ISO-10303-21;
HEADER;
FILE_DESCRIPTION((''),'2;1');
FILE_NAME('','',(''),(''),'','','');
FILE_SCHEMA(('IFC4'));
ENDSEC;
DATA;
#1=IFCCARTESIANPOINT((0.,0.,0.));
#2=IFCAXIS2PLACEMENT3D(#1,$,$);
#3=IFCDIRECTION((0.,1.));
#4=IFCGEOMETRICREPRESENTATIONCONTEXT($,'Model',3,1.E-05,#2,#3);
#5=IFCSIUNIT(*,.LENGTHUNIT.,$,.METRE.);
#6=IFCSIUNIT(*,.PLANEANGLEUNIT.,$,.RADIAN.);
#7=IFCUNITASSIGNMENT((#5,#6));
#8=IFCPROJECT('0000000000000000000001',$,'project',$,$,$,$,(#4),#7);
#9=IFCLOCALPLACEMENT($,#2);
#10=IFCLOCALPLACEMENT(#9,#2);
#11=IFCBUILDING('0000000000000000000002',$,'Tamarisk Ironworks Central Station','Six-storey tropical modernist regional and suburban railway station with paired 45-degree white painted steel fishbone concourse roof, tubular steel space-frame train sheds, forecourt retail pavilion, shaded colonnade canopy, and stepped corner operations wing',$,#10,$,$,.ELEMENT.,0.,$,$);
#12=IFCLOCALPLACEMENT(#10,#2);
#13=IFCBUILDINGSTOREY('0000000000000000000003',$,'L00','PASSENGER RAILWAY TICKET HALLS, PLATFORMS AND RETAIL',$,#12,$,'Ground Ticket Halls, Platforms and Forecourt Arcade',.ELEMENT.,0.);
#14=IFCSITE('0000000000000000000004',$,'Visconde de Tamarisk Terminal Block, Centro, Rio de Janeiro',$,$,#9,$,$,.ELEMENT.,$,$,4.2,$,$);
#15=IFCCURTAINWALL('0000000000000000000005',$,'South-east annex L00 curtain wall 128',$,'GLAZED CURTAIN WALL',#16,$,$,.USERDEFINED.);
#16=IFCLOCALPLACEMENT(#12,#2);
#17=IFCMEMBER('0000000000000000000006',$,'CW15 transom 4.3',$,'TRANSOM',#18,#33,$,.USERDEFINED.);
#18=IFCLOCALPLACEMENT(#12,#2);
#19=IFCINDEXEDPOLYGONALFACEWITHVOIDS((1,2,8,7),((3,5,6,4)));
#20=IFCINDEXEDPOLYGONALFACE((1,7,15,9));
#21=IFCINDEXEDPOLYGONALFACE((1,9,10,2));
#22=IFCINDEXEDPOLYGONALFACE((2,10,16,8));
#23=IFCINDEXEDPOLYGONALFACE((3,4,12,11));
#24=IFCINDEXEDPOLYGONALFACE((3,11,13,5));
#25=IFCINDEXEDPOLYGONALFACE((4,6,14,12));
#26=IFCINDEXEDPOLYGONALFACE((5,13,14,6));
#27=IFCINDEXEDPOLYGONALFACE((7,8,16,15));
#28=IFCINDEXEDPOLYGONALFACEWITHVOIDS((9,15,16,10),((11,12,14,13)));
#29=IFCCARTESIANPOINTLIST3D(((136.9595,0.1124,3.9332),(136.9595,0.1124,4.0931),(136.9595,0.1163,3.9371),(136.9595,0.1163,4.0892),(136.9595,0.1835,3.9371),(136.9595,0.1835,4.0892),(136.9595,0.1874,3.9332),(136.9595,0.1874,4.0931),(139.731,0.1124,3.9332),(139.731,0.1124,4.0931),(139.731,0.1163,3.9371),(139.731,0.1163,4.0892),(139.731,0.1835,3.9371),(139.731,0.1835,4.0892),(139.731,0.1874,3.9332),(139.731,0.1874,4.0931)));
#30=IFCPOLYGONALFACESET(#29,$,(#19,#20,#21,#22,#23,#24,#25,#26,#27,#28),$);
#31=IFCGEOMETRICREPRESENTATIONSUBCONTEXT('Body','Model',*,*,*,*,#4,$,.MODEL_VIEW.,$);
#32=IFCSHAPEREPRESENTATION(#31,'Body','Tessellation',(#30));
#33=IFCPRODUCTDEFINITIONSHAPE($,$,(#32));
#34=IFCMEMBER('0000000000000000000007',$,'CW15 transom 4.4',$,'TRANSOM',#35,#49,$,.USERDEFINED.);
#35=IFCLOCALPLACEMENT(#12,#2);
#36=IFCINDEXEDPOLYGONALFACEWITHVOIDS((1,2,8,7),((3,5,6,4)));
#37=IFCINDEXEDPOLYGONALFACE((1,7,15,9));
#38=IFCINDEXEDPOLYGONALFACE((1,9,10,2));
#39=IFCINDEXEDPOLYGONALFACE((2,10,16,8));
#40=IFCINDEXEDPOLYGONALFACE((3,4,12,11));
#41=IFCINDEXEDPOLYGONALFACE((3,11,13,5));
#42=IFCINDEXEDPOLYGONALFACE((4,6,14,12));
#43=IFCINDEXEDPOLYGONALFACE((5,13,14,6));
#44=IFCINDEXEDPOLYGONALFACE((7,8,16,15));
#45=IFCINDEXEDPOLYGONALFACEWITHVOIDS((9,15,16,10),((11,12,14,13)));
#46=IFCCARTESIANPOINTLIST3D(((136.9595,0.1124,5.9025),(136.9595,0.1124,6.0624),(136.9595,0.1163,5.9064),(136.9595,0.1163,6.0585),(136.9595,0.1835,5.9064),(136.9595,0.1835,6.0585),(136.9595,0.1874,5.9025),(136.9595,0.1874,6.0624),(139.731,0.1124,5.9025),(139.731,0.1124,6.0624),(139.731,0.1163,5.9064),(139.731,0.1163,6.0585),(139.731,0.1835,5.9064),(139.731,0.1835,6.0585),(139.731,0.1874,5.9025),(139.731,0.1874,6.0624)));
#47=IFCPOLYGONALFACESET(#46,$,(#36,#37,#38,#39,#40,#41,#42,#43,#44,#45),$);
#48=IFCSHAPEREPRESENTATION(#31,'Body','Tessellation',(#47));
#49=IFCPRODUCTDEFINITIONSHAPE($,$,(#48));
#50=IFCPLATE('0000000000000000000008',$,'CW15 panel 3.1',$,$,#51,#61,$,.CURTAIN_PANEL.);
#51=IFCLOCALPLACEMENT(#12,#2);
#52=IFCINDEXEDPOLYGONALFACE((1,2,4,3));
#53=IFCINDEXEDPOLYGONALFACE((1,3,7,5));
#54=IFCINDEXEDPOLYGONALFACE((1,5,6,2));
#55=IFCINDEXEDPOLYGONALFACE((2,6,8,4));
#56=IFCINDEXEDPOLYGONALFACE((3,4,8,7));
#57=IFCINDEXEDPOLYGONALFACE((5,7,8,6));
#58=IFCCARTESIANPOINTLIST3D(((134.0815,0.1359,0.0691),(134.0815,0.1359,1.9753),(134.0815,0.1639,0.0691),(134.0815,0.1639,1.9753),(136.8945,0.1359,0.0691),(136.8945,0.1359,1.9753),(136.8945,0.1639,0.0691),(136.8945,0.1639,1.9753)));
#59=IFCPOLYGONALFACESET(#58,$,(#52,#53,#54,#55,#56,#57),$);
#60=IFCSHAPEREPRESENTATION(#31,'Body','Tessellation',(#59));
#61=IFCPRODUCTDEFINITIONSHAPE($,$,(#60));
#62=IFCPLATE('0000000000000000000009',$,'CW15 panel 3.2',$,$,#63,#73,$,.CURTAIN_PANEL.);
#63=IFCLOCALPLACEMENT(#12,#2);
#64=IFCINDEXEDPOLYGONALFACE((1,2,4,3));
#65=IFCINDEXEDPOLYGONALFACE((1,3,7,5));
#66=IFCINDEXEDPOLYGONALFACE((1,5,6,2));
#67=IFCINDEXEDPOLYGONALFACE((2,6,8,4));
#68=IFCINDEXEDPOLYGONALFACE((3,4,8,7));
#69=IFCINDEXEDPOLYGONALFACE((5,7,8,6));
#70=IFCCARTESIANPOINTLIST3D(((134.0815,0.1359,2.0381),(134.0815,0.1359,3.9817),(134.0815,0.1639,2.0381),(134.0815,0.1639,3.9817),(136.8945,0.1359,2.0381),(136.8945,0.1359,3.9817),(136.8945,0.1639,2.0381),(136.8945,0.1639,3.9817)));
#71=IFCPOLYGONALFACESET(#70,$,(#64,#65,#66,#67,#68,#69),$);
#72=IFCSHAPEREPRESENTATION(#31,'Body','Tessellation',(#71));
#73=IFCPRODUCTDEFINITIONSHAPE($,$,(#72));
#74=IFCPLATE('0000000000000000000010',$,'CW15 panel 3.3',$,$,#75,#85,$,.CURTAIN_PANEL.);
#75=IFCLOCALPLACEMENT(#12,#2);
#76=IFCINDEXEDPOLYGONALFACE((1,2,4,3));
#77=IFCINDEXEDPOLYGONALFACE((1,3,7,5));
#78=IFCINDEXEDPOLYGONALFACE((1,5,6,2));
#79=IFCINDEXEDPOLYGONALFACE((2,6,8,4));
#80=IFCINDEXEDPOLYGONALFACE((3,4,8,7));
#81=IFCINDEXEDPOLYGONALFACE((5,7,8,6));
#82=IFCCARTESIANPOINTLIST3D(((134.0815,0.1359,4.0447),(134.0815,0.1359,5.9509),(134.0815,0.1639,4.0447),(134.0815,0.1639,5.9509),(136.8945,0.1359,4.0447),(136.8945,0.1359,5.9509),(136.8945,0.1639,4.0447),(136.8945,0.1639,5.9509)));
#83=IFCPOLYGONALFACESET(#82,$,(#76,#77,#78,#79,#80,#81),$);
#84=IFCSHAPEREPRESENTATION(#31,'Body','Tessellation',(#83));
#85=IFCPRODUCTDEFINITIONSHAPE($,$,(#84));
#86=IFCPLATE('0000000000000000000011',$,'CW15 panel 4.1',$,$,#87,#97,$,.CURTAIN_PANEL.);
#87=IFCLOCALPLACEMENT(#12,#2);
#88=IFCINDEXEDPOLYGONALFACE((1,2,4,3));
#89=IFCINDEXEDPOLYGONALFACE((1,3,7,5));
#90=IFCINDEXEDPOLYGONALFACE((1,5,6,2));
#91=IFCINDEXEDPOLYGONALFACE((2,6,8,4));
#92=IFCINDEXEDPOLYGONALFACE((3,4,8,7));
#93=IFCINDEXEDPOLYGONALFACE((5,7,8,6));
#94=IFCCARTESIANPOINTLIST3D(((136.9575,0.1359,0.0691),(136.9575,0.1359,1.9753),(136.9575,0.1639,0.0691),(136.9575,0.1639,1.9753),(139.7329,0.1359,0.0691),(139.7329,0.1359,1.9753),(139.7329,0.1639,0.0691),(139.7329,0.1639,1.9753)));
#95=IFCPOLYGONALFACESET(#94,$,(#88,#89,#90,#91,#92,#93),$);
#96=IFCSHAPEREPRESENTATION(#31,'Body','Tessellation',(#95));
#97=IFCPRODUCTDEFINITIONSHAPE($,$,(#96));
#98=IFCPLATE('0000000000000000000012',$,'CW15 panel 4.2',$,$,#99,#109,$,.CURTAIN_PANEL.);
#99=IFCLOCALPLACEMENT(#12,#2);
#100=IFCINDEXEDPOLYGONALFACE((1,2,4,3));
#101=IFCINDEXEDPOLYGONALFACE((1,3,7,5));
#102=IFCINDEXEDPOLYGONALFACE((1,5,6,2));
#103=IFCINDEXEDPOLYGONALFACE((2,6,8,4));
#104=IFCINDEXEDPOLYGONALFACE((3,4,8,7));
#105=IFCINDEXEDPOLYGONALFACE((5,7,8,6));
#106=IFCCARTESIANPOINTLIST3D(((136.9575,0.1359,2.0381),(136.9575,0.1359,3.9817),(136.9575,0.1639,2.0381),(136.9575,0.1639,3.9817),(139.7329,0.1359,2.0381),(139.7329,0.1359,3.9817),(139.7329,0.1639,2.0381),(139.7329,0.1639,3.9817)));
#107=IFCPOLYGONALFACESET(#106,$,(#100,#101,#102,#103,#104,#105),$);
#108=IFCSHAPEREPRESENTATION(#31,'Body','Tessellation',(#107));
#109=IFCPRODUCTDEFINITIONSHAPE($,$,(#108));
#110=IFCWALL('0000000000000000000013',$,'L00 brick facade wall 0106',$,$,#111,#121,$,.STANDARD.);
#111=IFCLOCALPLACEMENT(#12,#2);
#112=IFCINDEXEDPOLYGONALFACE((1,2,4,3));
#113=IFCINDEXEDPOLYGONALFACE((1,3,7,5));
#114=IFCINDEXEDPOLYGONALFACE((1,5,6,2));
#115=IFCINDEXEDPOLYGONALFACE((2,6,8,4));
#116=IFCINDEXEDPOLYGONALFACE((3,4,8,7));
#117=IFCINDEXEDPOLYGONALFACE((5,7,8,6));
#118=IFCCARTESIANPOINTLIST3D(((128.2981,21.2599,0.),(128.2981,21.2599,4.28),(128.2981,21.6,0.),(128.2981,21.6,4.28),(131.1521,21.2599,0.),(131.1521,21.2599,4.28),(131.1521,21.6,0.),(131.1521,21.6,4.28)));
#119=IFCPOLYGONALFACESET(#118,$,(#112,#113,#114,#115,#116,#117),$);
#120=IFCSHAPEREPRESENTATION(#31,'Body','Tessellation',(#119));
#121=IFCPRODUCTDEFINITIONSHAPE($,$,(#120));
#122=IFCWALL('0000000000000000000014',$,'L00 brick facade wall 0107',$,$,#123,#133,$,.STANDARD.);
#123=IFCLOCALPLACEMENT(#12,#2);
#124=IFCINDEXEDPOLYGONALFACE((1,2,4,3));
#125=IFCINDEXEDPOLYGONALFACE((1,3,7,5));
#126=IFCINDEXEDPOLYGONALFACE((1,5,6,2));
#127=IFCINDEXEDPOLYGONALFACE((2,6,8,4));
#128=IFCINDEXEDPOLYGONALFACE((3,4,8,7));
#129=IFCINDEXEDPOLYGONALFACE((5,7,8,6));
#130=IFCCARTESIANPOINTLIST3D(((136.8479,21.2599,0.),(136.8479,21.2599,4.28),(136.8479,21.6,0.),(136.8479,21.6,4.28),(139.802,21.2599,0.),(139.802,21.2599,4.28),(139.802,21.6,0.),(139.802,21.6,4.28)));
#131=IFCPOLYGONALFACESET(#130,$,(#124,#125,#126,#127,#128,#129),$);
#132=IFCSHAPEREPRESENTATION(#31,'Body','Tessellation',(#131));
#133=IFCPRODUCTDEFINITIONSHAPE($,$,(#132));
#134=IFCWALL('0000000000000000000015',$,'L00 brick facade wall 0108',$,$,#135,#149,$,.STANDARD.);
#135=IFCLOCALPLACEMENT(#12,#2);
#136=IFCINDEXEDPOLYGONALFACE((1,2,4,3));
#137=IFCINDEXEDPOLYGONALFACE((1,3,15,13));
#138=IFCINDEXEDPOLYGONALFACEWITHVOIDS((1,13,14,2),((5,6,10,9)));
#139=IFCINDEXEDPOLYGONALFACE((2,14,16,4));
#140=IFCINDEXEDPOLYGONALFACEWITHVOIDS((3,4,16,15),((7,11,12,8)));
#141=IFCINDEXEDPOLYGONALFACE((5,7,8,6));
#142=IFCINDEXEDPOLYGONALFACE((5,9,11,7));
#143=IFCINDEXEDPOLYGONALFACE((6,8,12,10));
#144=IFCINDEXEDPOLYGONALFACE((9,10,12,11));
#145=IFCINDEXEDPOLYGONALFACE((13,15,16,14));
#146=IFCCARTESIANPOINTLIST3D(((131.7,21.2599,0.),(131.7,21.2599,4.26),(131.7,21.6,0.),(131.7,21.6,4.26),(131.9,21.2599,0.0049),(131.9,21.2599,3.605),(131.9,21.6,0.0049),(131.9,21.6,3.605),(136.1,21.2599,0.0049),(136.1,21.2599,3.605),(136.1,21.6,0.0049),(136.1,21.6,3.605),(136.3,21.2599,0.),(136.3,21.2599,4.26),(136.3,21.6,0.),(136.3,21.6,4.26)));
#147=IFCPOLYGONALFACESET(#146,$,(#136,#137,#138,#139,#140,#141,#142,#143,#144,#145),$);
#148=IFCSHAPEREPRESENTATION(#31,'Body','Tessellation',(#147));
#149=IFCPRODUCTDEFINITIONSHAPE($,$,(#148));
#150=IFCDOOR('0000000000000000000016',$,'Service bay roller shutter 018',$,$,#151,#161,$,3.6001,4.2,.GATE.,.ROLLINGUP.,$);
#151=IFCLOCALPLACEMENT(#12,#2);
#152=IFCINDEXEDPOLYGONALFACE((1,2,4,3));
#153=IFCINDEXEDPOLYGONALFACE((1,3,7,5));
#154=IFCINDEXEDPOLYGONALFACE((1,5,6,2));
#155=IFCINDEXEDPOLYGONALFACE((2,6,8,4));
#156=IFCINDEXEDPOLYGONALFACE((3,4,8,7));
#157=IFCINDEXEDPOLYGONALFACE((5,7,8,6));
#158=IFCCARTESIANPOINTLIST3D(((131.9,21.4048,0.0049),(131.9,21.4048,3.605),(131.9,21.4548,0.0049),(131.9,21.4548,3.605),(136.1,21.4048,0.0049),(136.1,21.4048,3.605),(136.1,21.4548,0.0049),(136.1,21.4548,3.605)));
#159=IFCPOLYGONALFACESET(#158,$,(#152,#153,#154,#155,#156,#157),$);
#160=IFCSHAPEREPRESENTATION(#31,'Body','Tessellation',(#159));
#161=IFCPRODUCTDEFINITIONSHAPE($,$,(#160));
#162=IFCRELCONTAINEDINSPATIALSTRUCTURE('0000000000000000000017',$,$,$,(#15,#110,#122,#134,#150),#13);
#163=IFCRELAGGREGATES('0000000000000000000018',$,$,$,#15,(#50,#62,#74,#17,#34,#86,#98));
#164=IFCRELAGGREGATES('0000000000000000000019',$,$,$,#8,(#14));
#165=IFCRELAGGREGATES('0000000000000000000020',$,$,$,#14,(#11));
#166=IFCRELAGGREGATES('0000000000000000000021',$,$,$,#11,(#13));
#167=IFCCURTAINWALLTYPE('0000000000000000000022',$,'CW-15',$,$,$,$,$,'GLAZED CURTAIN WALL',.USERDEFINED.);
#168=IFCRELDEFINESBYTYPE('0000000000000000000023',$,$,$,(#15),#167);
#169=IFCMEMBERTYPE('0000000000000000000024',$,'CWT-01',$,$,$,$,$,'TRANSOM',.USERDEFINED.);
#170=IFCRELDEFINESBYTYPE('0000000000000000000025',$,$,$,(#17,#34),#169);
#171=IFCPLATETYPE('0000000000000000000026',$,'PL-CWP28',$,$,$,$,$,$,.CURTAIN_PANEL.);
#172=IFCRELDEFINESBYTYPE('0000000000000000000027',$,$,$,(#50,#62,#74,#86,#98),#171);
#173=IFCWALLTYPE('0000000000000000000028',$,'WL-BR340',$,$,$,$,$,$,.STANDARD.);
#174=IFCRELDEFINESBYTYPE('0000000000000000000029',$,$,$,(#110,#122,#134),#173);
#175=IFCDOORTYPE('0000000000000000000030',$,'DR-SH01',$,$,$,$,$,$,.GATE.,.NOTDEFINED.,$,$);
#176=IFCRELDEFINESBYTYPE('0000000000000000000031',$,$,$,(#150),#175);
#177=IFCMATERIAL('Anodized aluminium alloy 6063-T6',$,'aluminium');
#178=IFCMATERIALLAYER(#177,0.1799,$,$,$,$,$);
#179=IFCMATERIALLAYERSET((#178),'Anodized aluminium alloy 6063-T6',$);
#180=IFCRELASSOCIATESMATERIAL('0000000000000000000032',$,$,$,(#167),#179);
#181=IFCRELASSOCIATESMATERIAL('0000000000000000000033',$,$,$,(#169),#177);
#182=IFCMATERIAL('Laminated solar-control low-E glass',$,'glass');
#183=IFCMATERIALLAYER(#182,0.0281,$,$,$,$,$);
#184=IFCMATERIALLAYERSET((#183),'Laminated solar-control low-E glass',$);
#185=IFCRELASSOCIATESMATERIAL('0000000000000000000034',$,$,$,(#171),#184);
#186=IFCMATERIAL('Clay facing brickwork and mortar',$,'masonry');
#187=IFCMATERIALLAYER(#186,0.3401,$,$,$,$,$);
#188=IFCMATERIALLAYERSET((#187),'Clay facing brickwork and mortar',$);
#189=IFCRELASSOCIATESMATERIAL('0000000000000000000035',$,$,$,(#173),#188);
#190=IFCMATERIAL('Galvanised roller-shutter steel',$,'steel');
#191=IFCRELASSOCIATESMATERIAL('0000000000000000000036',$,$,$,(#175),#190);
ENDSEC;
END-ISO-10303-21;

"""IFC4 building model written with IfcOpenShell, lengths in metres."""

from ifc_helpers import new_model, si_unit, direction, frame, frame_2d, origin, origin_2d, place, context, subcontext, project, spatial, rectangle, hollow_rectangle, extrude, material, layer, layer_set, material_profile, profile_set, type_object, element, fill, aggregate, save


model = new_model("IFC4")

# Units and contexts
model_context = context("Model", 3, precision=1e-05, world=origin(), true_north=direction((0.0, 1.0)))
body_context = subcontext(model_context, "Body", "Model", "MODEL_VIEW")
ifc_project = project(units=[si_unit("LENGTHUNIT", "METRE"), si_unit("PLANEANGLEUNIT", "RADIAN")], contexts=[model_context])

# Site, building, storey
site_placement = place(None, origin())
site = spatial("IfcSite", under=ifc_project, at=site_placement, Name="Visconde de Tamarisk Terminal Block, Centro, Rio de Janeiro", CompositionType="ELEMENT", RefElevation=4.2)
building_placement = place(site_placement, origin())
building = spatial("IfcBuilding", under=site, at=building_placement, Name="Tamarisk Ironworks Central Station", Description="Six-storey tropical modernist regional and suburban railway station with paired 45-degree white painted steel fishbone concourse roof, tubular steel space-frame train sheds, forecourt retail pavilion, shaded colonnade canopy, and stepped corner operations wing", CompositionType="ELEMENT", ElevationOfRefHeight=0.0)
storey_placement = place(building_placement, origin())
storey = spatial("IfcBuildingStorey", under=building, at=storey_placement, Name="L00", Description="PASSENGER RAILWAY TICKET HALLS, PLATFORMS AND RETAIL", LongName="Ground Ticket Halls, Platforms and Forecourt Arcade", CompositionType="ELEMENT", Elevation=0.0)

# Shared definitions
ifc_material_1 = material(Name="Clay facing brickwork and mortar", Category="masonry")

# Curtain wall, members, plates
ifc_material_2 = material(Name="Anodized aluminium alloy 6063-T6", Category="aluminium")
ifc_layer_1 = layer(ifc_material_2, 0.1799)
ifc_layer_set_1 = layer_set([ifc_layer_1], Name="Anodized aluminium alloy 6063-T6")
curtain_wall_type = type_object("IfcCurtainWallType", Name="CW-15", ElementType="GLAZED CURTAIN WALL", PredefinedType="USERDEFINED", material=ifc_layer_set_1)
curtain_wall_placement = place(storey_placement, origin())
curtain_wall = element("IfcCurtainWall", 1, at=curtain_wall_placement, inside=storey, type_object=curtain_wall_type, Name="South-east annex L00 curtain wall 128", ObjectType="GLAZED CURTAIN WALL", PredefinedType="USERDEFINED")
ifc_material_profile_1 = material_profile(ifc_material_2, hollow_rectangle(XDim=0.075, YDim=0.1599, WallThickness=0.0039, at=origin_2d()), Name="ALUM 160x75")
ifc_profile_set_1 = profile_set([ifc_material_profile_1], Name="Anodized aluminium alloy 6063-T6")
member_type_1 = type_object("IfcMemberType", Name="CWT-01", ElementType="TRANSOM", PredefinedType="USERDEFINED", material=ifc_profile_set_1)
member_1_placement = place(storey_placement, frame((136.9595, 0.1499, 4.0132), z_axis=(1.0, 0.0, 0.0), x_axis=(0.0, 1.0, 0.0)))
member_1 = element("IfcMember", 2, at=member_1_placement, type_object=member_type_1, Name="CW15 transom 4.3", ObjectType="TRANSOM", PredefinedType="USERDEFINED", context=body_context, shape_type="SweptSolid", body=[
    extrude(hollow_rectangle(XDim=0.075, YDim=0.1599, WallThickness=0.0039, at=origin_2d()), origin(), (0.0, 0.0, 1.0), 2.7715),
])
member_2_placement = place(storey_placement, frame((136.9595, 0.1499, 5.9824), z_axis=(1.0, 0.0, 0.0), x_axis=(0.0, 1.0, 0.0)))
member_2 = element("IfcMember", 3, at=member_2_placement, type_object=member_type_1, Name="CW15 transom 4.4", ObjectType="TRANSOM", PredefinedType="USERDEFINED", context=body_context, shape_type="SweptSolid", body=[
    extrude(hollow_rectangle(XDim=0.075, YDim=0.1599, WallThickness=0.0039, at=origin_2d()), origin(), (0.0, 0.0, 1.0), 2.7715),
])
ifc_material_3 = material(Name="Laminated solar-control low-E glass", Category="glass")
ifc_layer_2 = layer(ifc_material_3, 0.0281)
ifc_layer_set_2 = layer_set([ifc_layer_2], Name="Laminated solar-control low-E glass")
plate_type = type_object("IfcPlateType", Name="PL-CWP28", PredefinedType="CURTAIN_PANEL", material=ifc_layer_set_2)
plate_1_placement = place(storey_placement, frame((135.488, 0.1499, 0.0691), z_axis=(0.0, 0.0, 1.0), x_axis=(1.0, 0.0, 0.0)))
plate_1 = element("IfcPlate", 4, at=plate_1_placement, type_object=plate_type, Name="CW15 panel 3.1", PredefinedType="CURTAIN_PANEL", context=body_context, shape_type="SweptSolid", body=[
    extrude(rectangle(XDim=2.813, YDim=0.0281, at=origin_2d()), origin(), (0.0, 0.0, 1.0), 1.9062),
])
plate_2_placement = place(storey_placement, frame((135.488, 0.1499, 2.0381), z_axis=(0.0, 0.0, 1.0), x_axis=(1.0, 0.0, 0.0)))
plate_2 = element("IfcPlate", 5, at=plate_2_placement, type_object=plate_type, Name="CW15 panel 3.2", PredefinedType="CURTAIN_PANEL", context=body_context, shape_type="SweptSolid", body=[
    extrude(rectangle(XDim=2.813, YDim=0.0281, at=origin_2d()), origin(), (0.0, 0.0, 1.0), 1.9436),
])
plate_3_placement = place(storey_placement, frame((135.488, 0.1499, 4.0447), z_axis=(0.0, 0.0, 1.0), x_axis=(1.0, 0.0, 0.0)))
plate_3 = element("IfcPlate", 6, at=plate_3_placement, type_object=plate_type, Name="CW15 panel 3.3", PredefinedType="CURTAIN_PANEL", context=body_context, shape_type="SweptSolid", body=[
    extrude(rectangle(XDim=2.813, YDim=0.0281, at=origin_2d()), origin(), (0.0, 0.0, 1.0), 1.9062),
])
plate_4_placement = place(storey_placement, frame((138.3452, 0.1499, 0.0691), z_axis=(0.0, 0.0, 1.0), x_axis=(1.0, 0.0, 0.0)))
plate_4 = element("IfcPlate", 7, at=plate_4_placement, type_object=plate_type, Name="CW15 panel 4.1", PredefinedType="CURTAIN_PANEL", context=body_context, shape_type="SweptSolid", body=[
    extrude(rectangle(XDim=2.7754, YDim=0.0281, at=origin_2d()), origin(), (0.0, 0.0, 1.0), 1.9062),
])
plate_5_placement = place(storey_placement, frame((138.3452, 0.1499, 2.0381), z_axis=(0.0, 0.0, 1.0), x_axis=(1.0, 0.0, 0.0)))
plate_5 = element("IfcPlate", 8, at=plate_5_placement, type_object=plate_type, Name="CW15 panel 4.2", PredefinedType="CURTAIN_PANEL", context=body_context, shape_type="SweptSolid", body=[
    extrude(rectangle(XDim=2.7754, YDim=0.0281, at=origin_2d()), origin(), (0.0, 0.0, 1.0), 1.9436),
])
aggregate(curtain_wall, [plate_1, plate_2, plate_3, member_1, member_2, plate_4, plate_5])

# Walls
ifc_layer_3 = layer(ifc_material_1, 0.3401)
ifc_layer_set_3 = layer_set([ifc_layer_3], Name="Clay facing brickwork and mortar")
wall_type = type_object("IfcWallType", Name="WL-BR340", PredefinedType="STANDARD", material=ifc_layer_set_3)
wall_1_placement = place(storey_placement, frame((128.2981, 21.4299, 0.0), z_axis=(0.0, 0.0, 1.0), x_axis=(1.0, 0.0, 0.0)))
element("IfcWall", 9, at=wall_1_placement, inside=storey, type_object=wall_type, Name="L00 brick facade wall 0106", PredefinedType="STANDARD", context=body_context, shape_type="SweptSolid", body=[
    extrude(rectangle(XDim=2.854, YDim=0.3401, at=frame_2d((1.427, 0.0))), origin(), (0.0, 0.0, 1.0), 4.28),
])
wall_2_placement = place(storey_placement, frame((136.8479, 21.4299, 0.0), z_axis=(0.0, 0.0, 1.0), x_axis=(1.0, 0.0, 0.0)))
element("IfcWall", 10, at=wall_2_placement, inside=storey, type_object=wall_type, Name="L00 brick facade wall 0107", PredefinedType="STANDARD", context=body_context, shape_type="SweptSolid", body=[
    extrude(rectangle(XDim=2.9541, YDim=0.3401, at=frame_2d((1.4771, 0.0))), origin(), (0.0, 0.0, 1.0), 4.28),
])

# Wall, opening, door
wall_3_placement = place(storey_placement, frame((131.7, 21.4299, 0.0), z_axis=(0.0, 0.0, 1.0), x_axis=(1.0, 0.0, 0.0)))
wall_3 = element("IfcWall", 11, at=wall_3_placement, inside=storey, type_object=wall_type, Name="L00 brick facade wall 0108", PredefinedType="STANDARD", context=body_context, shape_type="SweptSolid", body=[
    extrude(rectangle(XDim=4.6001, YDim=0.3401, at=frame_2d((2.3, 0.0))), origin(), (0.0, 0.0, 1.0), 4.26),
])
opening_1_placement = place(wall_3_placement, frame((0.2, 0.0, 0.0049)))
opening_1 = element("IfcOpeningElement", 12, at=opening_1_placement, cuts=wall_3, PredefinedType="OPENING", context=body_context, shape_type="SweptSolid", body=[
    extrude(rectangle(XDim=4.2, YDim=3.6001, at=frame_2d((2.1001, 1.8))), frame((0.0, 0.1821, 0.0), z_axis=(0.0, -1.0, 0.0), x_axis=(1.0, 0.0, 0.0)), (0.0, 0.0, 1.0), 0.364),
])
ifc_material_4 = material(Name="Galvanised roller-shutter steel", Category="steel")
door_type = type_object("IfcDoorType", Name="DR-SH01", OperationType="NOTDEFINED", PredefinedType="GATE", material=ifc_material_4)
door_placement = place(opening_1_placement, origin())
door = element("IfcDoor", 13, at=door_placement, inside=storey, type_object=door_type, Name="Service bay roller shutter 018", OperationType="ROLLINGUP", OverallHeight=3.6001, OverallWidth=4.2, PredefinedType="GATE", context=body_context, shape_type="SweptSolid", body=[
    extrude(rectangle(XDim=4.2, YDim=3.6001, at=frame_2d((2.1001, 1.8))), frame((0.0, 0.0249, 0.0), z_axis=(0.0, -1.0, 0.0), x_axis=(1.0, 0.0, 0.0)), (0.0, 0.0, 1.0), 0.05),
])
fill(opening_1, door)

save(model, "model.ifc")
